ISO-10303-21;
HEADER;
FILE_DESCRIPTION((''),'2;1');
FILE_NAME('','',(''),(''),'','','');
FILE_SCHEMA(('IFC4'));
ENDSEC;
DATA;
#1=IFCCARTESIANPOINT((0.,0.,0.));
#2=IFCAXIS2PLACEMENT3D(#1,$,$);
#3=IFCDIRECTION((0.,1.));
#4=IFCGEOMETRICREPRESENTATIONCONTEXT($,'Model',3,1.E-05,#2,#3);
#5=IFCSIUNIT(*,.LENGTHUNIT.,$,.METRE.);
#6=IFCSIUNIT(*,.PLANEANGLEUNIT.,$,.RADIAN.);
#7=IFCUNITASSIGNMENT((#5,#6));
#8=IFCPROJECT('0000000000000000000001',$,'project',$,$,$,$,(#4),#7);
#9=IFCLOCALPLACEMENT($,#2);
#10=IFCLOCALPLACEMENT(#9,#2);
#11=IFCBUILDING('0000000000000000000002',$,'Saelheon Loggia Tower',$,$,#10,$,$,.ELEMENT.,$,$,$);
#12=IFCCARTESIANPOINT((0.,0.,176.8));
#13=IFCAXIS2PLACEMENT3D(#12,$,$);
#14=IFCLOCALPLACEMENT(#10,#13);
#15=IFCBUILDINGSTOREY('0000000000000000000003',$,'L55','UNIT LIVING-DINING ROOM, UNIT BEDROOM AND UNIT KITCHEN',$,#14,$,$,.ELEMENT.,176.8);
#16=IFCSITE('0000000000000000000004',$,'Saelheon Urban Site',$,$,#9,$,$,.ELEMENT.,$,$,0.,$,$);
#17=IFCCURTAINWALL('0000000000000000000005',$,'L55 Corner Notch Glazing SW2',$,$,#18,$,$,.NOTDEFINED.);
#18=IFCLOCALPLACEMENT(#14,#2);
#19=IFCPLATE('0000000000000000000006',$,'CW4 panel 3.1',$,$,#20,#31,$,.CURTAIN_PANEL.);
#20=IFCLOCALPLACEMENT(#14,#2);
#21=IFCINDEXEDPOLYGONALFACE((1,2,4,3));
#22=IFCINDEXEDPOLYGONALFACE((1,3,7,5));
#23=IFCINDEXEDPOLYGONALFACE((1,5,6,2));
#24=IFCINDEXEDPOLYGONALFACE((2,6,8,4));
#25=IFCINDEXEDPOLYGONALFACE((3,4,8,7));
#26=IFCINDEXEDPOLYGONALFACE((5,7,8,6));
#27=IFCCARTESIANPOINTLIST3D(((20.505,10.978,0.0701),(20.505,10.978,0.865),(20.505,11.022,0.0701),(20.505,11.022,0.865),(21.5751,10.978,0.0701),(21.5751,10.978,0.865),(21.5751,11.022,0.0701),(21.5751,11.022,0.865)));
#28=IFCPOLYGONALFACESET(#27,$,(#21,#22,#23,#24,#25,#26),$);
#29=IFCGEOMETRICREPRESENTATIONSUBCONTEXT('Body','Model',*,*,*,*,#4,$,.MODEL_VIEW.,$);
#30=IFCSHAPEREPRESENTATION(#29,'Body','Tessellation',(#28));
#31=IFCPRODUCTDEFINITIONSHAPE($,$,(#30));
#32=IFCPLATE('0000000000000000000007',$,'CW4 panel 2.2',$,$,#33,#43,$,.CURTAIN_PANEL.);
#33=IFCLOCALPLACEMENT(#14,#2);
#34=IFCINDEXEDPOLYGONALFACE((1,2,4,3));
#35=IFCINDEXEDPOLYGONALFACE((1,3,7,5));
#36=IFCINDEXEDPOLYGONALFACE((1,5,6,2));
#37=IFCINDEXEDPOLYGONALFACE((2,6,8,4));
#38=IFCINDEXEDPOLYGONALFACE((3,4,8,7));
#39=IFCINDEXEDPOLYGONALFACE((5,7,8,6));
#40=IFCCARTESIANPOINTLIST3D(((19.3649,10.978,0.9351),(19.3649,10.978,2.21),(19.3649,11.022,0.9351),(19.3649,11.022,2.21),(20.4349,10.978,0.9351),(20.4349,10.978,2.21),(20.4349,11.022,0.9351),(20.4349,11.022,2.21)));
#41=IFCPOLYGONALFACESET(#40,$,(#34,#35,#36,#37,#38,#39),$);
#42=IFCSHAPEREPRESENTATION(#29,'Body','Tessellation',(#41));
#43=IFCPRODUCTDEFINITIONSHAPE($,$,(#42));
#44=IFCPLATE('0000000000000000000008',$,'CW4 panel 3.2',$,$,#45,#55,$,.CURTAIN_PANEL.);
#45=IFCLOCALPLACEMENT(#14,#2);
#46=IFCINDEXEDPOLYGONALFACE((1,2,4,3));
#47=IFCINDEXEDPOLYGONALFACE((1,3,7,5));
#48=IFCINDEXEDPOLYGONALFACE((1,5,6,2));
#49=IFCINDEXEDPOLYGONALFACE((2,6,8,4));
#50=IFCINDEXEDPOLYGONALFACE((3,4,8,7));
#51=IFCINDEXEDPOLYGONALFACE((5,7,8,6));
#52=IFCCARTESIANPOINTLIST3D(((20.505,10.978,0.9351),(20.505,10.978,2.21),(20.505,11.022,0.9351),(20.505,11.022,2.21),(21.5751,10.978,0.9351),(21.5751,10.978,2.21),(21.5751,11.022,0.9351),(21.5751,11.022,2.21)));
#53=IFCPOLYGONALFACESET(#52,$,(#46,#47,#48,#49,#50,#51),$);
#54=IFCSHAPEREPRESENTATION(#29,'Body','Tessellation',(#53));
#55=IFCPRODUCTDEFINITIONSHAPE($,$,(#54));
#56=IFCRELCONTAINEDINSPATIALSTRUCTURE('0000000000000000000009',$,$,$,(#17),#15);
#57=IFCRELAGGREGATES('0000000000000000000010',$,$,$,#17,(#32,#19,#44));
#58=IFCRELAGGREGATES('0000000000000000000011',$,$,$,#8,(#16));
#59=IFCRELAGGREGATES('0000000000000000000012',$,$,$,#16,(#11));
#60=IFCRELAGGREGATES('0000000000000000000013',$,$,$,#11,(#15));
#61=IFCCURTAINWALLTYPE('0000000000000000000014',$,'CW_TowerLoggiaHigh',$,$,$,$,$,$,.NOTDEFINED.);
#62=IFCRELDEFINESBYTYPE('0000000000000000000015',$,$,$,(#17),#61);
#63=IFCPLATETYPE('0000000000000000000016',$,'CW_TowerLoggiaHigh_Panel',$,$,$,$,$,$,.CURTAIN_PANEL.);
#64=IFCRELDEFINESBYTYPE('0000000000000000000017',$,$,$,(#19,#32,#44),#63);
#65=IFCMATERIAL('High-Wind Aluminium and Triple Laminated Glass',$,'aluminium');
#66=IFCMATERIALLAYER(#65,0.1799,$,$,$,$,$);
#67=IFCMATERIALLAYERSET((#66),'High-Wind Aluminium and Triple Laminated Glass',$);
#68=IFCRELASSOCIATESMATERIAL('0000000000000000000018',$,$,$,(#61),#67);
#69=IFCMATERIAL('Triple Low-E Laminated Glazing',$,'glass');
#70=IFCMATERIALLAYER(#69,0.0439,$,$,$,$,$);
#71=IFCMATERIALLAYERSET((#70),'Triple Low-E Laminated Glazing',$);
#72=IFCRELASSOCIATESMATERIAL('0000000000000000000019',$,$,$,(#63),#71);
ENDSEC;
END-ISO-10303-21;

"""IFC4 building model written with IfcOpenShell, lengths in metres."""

from ifc_helpers import new_model, si_unit, direction, frame, origin, origin_2d, place, context, subcontext, project, spatial, rectangle, extrude, source, transform, mapped, material, layer, layer_set, type_object, element, aggregate, save


model = new_model("IFC4")

# Units and contexts
model_context = context("Model", 3, precision=1e-05, world=origin(), true_north=direction((0.0, 1.0)))
body_context = subcontext(model_context, "Body", "Model", "MODEL_VIEW")
ifc_project = project(units=[si_unit("LENGTHUNIT", "METRE"), si_unit("PLANEANGLEUNIT", "RADIAN")], contexts=[model_context])

# Site, building, storey
site_placement = place(None, origin())
site = spatial("IfcSite", under=ifc_project, at=site_placement, Name="Saelheon Urban Site", CompositionType="ELEMENT", RefElevation=0.0)
building_placement = place(site_placement, origin())
building = spatial("IfcBuilding", under=site, at=building_placement, Name="Saelheon Loggia Tower", CompositionType="ELEMENT")
storey_placement = place(building_placement, frame((0.0, 0.0, 176.8)))
storey = spatial("IfcBuildingStorey", under=building, at=storey_placement, Name="L55", Description="UNIT LIVING-DINING ROOM, UNIT BEDROOM AND UNIT KITCHEN", CompositionType="ELEMENT", Elevation=176.8)

# Curtain wall, plates
ifc_material_1 = material(Name="High-Wind Aluminium and Triple Laminated Glass", Category="aluminium")
ifc_layer_1 = layer(ifc_material_1, 0.1799)
ifc_layer_set_1 = layer_set([ifc_layer_1], Name="High-Wind Aluminium and Triple Laminated Glass")
curtain_wall_type = type_object("IfcCurtainWallType", Name="CW_TowerLoggiaHigh", PredefinedType="NOTDEFINED", material=ifc_layer_set_1)
curtain_wall_placement = place(storey_placement, origin())
curtain_wall = element("IfcCurtainWall", 1, at=curtain_wall_placement, inside=storey, type_object=curtain_wall_type, Name="L55 Corner Notch Glazing SW2", PredefinedType="NOTDEFINED")
ifc_material_2 = material(Name="Triple Low-E Laminated Glazing", Category="glass")
ifc_layer_2 = layer(ifc_material_2, 0.0439)
ifc_layer_set_2 = layer_set([ifc_layer_2], Name="Triple Low-E Laminated Glazing")
plate_type = type_object("IfcPlateType", Name="CW_TowerLoggiaHigh_Panel", PredefinedType="CURTAIN_PANEL", material=ifc_layer_set_2)
shared_shape_1 = source(origin(), body_context, "Body", "SweptSolid", [
    extrude(rectangle(XDim=1.0701, YDim=0.0439, at=origin_2d()), origin(), (0.0, 0.0, 1.0), 0.7949),
])
plate_1_placement = place(storey_placement, frame((21.04, 11.0, 0.0701), z_axis=(0.0, 0.0, 1.0), x_axis=(1.0, 0.0, 0.0)))
plate_1 = element("IfcPlate", 2, at=plate_1_placement, type_object=plate_type, Name="CW4 panel 3.1", PredefinedType="CURTAIN_PANEL", context=body_context, shape_type="MappedRepresentation", body=[
    mapped(shared_shape_1, transform((0.0, 0.0, 0.0), scale=1.0)),
])
shared_shape_2 = source(origin(), body_context, "Body", "SweptSolid", [
    extrude(rectangle(XDim=1.0701, YDim=0.0439, at=origin_2d()), origin(), (0.0, 0.0, 1.0), 1.2749),
])
plate_2_placement = place(storey_placement, frame((19.8999, 11.0, 0.9351), z_axis=(0.0, 0.0, 1.0), x_axis=(1.0, 0.0, 0.0)))
plate_2 = element("IfcPlate", 3, at=plate_2_placement, type_object=plate_type, Name="CW4 panel 2.2", PredefinedType="CURTAIN_PANEL", context=body_context, shape_type="MappedRepresentation", body=[
    mapped(shared_shape_2, transform((0.0, 0.0, 0.0), scale=1.0)),
])
plate_3_placement = place(storey_placement, frame((21.04, 11.0, 0.9351), z_axis=(0.0, 0.0, 1.0), x_axis=(1.0, 0.0, 0.0)))
plate_3 = element("IfcPlate", 4, at=plate_3_placement, type_object=plate_type, Name="CW4 panel 3.2", PredefinedType="CURTAIN_PANEL", context=body_context, shape_type="MappedRepresentation", body=[
    mapped(shared_shape_2, transform((0.0, 0.0, 0.0), scale=1.0)),
])
aggregate(curtain_wall, [plate_2, plate_1, plate_3])

save(model, "model.ifc")
